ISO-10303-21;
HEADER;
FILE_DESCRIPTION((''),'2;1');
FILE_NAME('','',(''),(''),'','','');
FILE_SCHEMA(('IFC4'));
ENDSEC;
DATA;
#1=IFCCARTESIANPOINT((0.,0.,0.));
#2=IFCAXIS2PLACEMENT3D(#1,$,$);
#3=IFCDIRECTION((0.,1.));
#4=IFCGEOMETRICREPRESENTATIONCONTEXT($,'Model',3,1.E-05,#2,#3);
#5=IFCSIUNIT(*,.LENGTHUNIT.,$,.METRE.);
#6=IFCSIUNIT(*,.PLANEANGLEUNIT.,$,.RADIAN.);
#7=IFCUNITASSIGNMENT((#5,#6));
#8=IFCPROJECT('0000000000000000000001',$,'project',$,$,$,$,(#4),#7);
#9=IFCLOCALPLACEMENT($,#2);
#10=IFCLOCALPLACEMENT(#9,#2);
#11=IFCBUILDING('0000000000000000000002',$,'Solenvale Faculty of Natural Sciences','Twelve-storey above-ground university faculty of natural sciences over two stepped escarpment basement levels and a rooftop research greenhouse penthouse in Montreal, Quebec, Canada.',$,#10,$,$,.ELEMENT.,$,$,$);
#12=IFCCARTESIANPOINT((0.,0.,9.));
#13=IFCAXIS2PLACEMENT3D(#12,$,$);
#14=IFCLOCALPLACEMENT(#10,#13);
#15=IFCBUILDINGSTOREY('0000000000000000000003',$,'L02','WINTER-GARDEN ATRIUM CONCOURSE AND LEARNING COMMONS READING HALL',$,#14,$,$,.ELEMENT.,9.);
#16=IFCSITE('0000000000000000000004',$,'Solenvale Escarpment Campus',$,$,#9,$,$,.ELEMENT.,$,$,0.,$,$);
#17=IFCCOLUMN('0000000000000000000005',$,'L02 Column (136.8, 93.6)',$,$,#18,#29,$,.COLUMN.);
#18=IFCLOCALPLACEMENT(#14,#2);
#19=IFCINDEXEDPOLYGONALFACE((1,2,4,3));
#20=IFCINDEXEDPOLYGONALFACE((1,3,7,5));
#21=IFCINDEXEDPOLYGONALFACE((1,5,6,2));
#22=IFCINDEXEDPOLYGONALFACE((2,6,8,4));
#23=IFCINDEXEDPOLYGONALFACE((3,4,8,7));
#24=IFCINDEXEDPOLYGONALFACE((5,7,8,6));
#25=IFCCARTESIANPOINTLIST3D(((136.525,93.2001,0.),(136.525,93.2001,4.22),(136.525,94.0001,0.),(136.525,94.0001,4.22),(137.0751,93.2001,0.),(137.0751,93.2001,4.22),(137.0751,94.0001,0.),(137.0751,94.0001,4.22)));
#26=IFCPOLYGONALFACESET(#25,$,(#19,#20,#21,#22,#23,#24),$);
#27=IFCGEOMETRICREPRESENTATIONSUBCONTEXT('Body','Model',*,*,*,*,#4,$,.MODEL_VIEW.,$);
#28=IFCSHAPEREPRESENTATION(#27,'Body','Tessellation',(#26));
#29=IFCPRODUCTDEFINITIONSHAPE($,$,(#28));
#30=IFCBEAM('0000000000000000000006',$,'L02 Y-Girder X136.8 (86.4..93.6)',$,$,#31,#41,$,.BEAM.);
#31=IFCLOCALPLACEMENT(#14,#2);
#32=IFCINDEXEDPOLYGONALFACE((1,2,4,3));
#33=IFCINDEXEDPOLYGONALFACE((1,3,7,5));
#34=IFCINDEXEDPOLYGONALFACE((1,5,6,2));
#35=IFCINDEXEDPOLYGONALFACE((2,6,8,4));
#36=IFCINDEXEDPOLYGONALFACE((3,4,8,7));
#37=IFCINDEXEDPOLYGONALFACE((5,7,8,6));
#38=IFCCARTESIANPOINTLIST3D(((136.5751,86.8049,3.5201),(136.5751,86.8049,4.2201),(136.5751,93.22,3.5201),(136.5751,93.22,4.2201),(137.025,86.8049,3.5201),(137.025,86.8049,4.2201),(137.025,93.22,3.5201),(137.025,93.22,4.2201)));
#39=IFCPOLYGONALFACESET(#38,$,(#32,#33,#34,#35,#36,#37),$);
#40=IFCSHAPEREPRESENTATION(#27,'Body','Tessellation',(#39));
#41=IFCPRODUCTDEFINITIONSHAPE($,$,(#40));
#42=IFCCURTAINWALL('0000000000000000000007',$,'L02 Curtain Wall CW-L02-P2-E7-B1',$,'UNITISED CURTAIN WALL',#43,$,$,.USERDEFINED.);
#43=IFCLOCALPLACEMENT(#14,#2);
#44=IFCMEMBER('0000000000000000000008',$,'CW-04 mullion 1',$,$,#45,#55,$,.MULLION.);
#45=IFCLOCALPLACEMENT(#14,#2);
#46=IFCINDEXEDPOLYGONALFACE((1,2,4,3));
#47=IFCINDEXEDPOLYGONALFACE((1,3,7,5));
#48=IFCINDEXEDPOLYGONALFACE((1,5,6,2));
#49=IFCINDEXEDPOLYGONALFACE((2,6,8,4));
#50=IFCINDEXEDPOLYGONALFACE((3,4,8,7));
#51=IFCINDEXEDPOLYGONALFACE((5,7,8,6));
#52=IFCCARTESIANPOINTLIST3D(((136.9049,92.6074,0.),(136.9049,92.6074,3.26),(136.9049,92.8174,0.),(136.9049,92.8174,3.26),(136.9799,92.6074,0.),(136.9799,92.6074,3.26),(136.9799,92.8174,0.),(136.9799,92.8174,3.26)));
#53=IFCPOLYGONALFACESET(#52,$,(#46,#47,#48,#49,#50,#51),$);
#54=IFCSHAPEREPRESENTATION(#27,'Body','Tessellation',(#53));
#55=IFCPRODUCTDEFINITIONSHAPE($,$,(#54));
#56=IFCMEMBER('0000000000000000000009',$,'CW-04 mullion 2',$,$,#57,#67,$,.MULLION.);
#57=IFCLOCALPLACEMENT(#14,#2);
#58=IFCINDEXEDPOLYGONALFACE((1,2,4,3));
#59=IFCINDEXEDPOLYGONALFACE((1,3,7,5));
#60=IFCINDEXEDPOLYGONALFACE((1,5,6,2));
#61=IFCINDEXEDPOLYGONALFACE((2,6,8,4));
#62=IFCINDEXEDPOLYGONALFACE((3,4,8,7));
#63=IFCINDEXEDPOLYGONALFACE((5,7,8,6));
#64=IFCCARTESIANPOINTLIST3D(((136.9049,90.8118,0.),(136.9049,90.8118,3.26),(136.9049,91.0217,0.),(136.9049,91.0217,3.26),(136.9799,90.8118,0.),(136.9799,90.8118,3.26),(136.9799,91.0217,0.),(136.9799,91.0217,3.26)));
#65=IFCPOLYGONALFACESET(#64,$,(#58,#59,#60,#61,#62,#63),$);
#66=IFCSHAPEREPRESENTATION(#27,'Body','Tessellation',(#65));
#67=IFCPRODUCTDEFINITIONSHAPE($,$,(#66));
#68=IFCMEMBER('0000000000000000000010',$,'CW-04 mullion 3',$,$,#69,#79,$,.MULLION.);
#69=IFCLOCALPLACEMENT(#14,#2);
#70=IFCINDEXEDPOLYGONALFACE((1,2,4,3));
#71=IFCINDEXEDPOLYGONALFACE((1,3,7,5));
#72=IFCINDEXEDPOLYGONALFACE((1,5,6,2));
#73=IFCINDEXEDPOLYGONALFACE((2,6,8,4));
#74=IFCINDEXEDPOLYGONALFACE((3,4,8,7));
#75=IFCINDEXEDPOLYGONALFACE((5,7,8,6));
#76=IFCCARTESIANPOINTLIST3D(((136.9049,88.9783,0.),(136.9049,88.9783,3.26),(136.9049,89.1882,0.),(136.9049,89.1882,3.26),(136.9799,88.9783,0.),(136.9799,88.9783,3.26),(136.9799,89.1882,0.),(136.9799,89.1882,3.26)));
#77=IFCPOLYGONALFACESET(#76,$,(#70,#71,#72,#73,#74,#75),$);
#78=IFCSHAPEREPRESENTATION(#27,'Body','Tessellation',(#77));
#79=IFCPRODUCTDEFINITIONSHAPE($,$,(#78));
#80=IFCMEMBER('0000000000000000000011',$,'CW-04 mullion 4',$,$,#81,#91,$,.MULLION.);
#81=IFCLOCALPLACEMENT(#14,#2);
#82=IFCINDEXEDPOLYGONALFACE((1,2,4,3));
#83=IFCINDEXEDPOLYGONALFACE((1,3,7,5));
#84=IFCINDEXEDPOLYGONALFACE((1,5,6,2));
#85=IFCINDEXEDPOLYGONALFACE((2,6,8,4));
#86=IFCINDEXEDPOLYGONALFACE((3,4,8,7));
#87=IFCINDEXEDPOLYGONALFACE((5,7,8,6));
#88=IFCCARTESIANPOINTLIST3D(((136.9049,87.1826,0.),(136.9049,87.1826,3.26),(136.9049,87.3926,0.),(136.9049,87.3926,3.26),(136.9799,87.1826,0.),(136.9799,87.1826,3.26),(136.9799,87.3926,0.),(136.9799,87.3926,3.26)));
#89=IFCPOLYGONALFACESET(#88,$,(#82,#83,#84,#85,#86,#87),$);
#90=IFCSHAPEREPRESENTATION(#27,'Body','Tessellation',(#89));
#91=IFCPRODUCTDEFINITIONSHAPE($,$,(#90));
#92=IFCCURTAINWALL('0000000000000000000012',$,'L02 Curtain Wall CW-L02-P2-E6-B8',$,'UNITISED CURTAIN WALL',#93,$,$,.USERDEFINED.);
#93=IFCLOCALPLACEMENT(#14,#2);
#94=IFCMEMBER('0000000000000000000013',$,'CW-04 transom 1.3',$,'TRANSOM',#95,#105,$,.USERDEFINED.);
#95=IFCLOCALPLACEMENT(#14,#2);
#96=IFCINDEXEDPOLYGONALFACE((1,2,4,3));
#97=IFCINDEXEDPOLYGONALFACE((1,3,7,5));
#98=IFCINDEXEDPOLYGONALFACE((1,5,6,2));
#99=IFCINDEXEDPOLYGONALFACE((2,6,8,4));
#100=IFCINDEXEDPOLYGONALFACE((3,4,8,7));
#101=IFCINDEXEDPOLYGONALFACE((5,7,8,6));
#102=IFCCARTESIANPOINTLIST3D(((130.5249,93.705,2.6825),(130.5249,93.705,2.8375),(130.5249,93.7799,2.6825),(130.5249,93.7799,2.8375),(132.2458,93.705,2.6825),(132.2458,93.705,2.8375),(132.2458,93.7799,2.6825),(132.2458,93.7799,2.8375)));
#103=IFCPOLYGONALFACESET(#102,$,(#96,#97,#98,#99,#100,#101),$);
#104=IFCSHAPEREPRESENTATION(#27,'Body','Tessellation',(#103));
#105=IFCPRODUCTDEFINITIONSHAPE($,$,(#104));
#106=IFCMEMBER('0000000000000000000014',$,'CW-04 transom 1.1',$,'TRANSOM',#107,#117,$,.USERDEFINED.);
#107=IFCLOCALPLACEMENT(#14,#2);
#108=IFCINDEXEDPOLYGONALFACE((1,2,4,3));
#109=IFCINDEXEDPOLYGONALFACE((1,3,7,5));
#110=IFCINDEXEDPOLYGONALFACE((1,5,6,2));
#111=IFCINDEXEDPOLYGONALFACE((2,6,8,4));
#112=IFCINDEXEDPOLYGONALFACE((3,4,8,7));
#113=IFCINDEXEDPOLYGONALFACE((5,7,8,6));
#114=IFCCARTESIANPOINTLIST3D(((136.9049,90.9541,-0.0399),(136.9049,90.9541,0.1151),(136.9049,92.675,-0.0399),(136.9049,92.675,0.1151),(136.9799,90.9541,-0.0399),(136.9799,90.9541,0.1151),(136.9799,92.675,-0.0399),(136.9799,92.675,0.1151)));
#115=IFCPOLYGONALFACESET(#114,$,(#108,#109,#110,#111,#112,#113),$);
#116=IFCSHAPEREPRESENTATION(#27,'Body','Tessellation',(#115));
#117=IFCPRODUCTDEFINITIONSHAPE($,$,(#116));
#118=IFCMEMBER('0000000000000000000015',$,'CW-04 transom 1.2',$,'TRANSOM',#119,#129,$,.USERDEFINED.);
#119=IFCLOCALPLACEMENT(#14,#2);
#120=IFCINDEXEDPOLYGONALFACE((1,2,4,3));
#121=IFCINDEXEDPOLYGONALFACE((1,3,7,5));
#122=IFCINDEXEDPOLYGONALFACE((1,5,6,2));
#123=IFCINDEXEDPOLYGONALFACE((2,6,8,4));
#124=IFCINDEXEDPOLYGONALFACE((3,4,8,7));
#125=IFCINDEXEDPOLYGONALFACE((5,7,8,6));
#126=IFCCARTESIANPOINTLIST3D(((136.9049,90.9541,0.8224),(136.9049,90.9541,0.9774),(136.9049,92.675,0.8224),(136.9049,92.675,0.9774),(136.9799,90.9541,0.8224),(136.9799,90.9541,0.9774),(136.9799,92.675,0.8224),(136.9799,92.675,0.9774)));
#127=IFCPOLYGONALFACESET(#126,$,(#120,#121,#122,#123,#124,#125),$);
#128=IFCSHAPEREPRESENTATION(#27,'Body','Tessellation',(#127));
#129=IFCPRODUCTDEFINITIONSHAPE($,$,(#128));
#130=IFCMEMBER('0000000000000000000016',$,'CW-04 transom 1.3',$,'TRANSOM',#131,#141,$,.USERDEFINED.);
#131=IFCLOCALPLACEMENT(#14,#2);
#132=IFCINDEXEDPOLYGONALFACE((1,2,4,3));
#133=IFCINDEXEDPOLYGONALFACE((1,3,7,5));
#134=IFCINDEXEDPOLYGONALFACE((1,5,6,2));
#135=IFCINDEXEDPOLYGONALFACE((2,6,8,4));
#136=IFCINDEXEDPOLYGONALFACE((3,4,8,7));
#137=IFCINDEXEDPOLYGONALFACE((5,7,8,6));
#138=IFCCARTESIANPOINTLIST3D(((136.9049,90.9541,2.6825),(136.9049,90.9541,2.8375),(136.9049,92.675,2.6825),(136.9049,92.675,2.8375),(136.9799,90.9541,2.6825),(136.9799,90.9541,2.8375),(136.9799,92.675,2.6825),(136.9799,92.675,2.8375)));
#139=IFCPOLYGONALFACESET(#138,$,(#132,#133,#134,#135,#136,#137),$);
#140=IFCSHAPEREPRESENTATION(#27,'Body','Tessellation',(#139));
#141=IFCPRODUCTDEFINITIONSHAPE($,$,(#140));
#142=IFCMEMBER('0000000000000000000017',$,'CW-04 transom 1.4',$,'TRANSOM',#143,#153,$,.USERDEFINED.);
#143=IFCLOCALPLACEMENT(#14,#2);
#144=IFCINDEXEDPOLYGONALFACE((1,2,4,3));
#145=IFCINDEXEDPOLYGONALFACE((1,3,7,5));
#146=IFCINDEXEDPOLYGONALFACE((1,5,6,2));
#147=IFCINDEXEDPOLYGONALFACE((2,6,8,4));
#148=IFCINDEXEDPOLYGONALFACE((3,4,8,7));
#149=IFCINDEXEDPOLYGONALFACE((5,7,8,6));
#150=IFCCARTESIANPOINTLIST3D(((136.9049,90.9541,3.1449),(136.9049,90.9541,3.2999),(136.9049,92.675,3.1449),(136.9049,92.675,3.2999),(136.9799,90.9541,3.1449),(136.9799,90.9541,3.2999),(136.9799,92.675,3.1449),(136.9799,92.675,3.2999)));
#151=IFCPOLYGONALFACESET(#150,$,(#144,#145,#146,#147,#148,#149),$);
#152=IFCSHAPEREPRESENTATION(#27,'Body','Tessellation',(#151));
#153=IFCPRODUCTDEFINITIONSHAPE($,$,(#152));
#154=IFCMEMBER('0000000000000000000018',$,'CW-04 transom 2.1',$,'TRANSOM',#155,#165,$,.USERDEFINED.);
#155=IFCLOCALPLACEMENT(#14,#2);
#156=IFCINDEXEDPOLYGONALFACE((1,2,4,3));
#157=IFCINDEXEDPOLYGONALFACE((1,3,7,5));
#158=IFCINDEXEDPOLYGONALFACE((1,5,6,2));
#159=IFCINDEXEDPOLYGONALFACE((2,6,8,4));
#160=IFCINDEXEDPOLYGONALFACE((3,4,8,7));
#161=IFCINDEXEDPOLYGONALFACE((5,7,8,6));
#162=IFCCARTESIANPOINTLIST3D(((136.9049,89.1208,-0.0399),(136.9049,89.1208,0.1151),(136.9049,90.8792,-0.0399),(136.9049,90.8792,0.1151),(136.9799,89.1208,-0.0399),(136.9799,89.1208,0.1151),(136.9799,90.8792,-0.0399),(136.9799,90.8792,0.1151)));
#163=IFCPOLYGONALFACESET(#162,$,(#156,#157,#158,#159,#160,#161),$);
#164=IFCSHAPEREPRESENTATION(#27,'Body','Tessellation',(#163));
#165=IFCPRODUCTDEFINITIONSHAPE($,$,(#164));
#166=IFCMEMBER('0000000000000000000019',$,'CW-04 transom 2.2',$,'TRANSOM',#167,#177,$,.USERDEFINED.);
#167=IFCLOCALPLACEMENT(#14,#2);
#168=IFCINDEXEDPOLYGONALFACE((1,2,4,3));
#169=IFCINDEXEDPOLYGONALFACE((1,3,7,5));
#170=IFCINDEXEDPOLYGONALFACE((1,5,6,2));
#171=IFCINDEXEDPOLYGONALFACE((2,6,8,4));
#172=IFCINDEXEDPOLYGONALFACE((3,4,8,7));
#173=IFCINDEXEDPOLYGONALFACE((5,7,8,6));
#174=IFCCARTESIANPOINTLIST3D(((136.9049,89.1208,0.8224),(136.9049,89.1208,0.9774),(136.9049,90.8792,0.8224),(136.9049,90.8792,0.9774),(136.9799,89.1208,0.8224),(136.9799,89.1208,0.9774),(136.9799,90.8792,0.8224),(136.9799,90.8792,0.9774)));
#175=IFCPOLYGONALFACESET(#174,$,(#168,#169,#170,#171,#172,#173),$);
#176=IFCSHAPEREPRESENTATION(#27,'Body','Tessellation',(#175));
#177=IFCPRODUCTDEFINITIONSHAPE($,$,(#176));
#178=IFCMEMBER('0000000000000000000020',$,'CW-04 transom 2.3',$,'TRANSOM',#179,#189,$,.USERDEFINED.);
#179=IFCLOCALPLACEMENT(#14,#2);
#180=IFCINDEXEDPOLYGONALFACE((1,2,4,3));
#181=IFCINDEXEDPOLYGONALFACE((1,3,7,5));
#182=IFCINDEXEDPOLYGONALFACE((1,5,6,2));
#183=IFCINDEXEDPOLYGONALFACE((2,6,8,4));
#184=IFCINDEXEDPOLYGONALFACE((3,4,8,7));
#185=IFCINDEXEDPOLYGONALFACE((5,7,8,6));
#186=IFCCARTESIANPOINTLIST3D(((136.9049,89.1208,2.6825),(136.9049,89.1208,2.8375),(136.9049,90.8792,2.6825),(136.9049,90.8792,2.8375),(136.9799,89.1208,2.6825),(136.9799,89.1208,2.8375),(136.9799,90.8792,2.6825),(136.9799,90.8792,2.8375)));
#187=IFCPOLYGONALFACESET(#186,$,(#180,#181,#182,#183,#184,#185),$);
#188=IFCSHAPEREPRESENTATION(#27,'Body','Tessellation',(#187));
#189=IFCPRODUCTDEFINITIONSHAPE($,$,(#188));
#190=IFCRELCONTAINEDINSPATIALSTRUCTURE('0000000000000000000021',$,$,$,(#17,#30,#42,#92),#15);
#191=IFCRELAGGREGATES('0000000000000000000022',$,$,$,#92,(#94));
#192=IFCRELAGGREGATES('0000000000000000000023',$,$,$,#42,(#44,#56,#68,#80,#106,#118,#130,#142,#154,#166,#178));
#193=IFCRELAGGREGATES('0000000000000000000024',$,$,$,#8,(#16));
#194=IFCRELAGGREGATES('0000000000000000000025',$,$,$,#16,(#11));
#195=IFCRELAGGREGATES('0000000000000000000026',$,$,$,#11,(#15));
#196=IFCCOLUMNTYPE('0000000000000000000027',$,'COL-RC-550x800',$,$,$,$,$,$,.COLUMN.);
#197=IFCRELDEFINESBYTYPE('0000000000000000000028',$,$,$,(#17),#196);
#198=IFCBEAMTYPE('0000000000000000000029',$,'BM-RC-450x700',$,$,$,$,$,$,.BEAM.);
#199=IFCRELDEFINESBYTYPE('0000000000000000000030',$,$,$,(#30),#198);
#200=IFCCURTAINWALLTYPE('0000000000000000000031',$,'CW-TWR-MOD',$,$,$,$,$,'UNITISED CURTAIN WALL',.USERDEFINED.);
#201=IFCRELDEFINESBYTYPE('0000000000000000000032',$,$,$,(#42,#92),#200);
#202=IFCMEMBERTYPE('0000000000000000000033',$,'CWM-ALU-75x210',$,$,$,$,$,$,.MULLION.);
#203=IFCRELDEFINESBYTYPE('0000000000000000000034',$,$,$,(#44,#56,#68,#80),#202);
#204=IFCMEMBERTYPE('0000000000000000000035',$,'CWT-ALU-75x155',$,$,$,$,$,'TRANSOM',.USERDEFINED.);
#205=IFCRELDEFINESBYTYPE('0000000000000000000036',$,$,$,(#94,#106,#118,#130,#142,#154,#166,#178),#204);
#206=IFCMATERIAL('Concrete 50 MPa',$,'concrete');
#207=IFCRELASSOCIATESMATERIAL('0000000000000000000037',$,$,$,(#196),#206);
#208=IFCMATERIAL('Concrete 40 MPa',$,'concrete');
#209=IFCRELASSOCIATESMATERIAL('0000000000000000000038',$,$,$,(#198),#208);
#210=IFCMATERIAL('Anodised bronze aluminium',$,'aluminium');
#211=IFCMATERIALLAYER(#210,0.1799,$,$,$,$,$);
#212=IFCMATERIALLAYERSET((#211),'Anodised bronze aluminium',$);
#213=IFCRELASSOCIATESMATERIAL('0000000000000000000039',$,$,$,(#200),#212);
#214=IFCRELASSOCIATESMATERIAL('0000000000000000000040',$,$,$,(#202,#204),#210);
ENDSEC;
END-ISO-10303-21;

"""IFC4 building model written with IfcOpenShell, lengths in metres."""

from ifc_helpers import new_model, si_unit, direction, frame, origin, origin_2d, place, context, subcontext, project, spatial, rectangle, extrude, material, layer, layer_set, material_profile, profile_set, type_object, element, aggregate, save


model = new_model("IFC4")

# Units and contexts
model_context = context("Model", 3, precision=1e-05, world=origin(), true_north=direction((0.0, 1.0)))
body_context = subcontext(model_context, "Body", "Model", "MODEL_VIEW")
ifc_project = project(units=[si_unit("LENGTHUNIT", "METRE"), si_unit("PLANEANGLEUNIT", "RADIAN")], contexts=[model_context])

# Site, building, storey
site_placement = place(None, origin())
site = spatial("IfcSite", under=ifc_project, at=site_placement, Name="Solenvale Escarpment Campus", CompositionType="ELEMENT", RefElevation=0.0)
building_placement = place(site_placement, origin())
building = spatial("IfcBuilding", under=site, at=building_placement, Name="Solenvale Faculty of Natural Sciences", Description="Twelve-storey above-ground university faculty of natural sciences over two stepped escarpment basement levels and a rooftop research greenhouse penthouse in Montreal, Quebec, Canada.", CompositionType="ELEMENT")
storey_placement = place(building_placement, frame((0.0, 0.0, 9.0)))
storey = spatial("IfcBuildingStorey", under=building, at=storey_placement, Name="L02", Description="WINTER-GARDEN ATRIUM CONCOURSE AND LEARNING COMMONS READING HALL", CompositionType="ELEMENT", Elevation=9.0)

# Column
ifc_material_1 = material(Name="Concrete 50 MPa", Category="concrete")
ifc_material_profile_1 = material_profile(ifc_material_1, rectangle(XDim=0.55, YDim=0.8, at=origin_2d()), Name="RC-COL-550x800")
ifc_profile_set_1 = profile_set([ifc_material_profile_1], Name="Concrete 50 MPa")
column_type = type_object("IfcColumnType", Name="COL-RC-550x800", PredefinedType="COLUMN", material=ifc_profile_set_1)
column_placement = place(storey_placement, frame((136.8, 93.6001, 0.0), z_axis=(0.0, 0.0, 1.0), x_axis=(1.0, 0.0, 0.0)))
element("IfcColumn", 1, at=column_placement, inside=storey, type_object=column_type, Name="L02 Column (136.8, 93.6)", PredefinedType="COLUMN", context=body_context, shape_type="SweptSolid", body=[
    extrude(rectangle(XDim=0.55, YDim=0.8, at=origin_2d()), origin(), (0.0, 0.0, 1.0), 4.22),
])

# Beam
ifc_material_2 = material(Name="Concrete 40 MPa", Category="concrete")
ifc_material_profile_2 = material_profile(ifc_material_2, rectangle(XDim=0.45, YDim=0.7, at=origin_2d()), Name="RC-BM-450x700")
ifc_profile_set_2 = profile_set([ifc_material_profile_2], Name="Concrete 40 MPa")
beam_type = type_object("IfcBeamType", Name="BM-RC-450x700", PredefinedType="BEAM", material=ifc_profile_set_2)
beam_placement = place(storey_placement, frame((136.8, 86.8049, 3.8701), z_axis=(0.0, 1.0, 0.0), x_axis=(-1.0, 0.0, 0.0)))
element("IfcBeam", 2, at=beam_placement, inside=storey, type_object=beam_type, Name="L02 Y-Girder X136.8 (86.4..93.6)", PredefinedType="BEAM", context=body_context, shape_type="SweptSolid", body=[
    extrude(rectangle(XDim=0.45, YDim=0.7, at=origin_2d()), origin(), (0.0, 0.0, 1.0), 6.415),
])

# Curtain wall, members
ifc_material_3 = material(Name="Anodised bronze aluminium", Category="aluminium")
ifc_layer_1 = layer(ifc_material_3, 0.1799)
ifc_layer_set_1 = layer_set([ifc_layer_1], Name="Anodised bronze aluminium")
curtain_wall_type = type_object("IfcCurtainWallType", Name="CW-TWR-MOD", ElementType="UNITISED CURTAIN WALL", PredefinedType="USERDEFINED", material=ifc_layer_set_1)
curtain_wall_1_placement = place(storey_placement, origin())
curtain_wall_1 = element("IfcCurtainWall", 3, at=curtain_wall_1_placement, inside=storey, type_object=curtain_wall_type, Name="L02 Curtain Wall CW-L02-P2-E7-B1", ObjectType="UNITISED CURTAIN WALL", PredefinedType="USERDEFINED")
ifc_material_profile_3 = material_profile(ifc_material_3, rectangle(XDim=0.075, YDim=0.21, at=origin_2d()), Name="ALU-MUL-75x210")
ifc_profile_set_3 = profile_set([ifc_material_profile_3], Name="Anodised bronze aluminium")
member_type_1 = type_object("IfcMemberType", Name="CWM-ALU-75x210", PredefinedType="MULLION", material=ifc_profile_set_3)
member_1_placement = place(storey_placement, frame((136.9424, 92.7124, 0.0), z_axis=(0.0, 0.0, 1.0), x_axis=(1.0, 0.0, 0.0)))
member_1 = element("IfcMember", 4, at=member_1_placement, type_object=member_type_1, Name="CW-04 mullion 1", PredefinedType="MULLION", context=body_context, shape_type="SweptSolid", body=[
    extrude(rectangle(XDim=0.075, YDim=0.21, at=origin_2d()), origin(), (0.0, 0.0, 1.0), 3.26),
])
member_2_placement = place(storey_placement, frame((136.9424, 90.9167, 0.0), z_axis=(0.0, 0.0, 1.0), x_axis=(1.0, 0.0, 0.0)))
member_2 = element("IfcMember", 5, at=member_2_placement, type_object=member_type_1, Name="CW-04 mullion 2", PredefinedType="MULLION", context=body_context, shape_type="SweptSolid", body=[
    extrude(rectangle(XDim=0.075, YDim=0.21, at=origin_2d()), origin(), (0.0, 0.0, 1.0), 3.26),
])
member_3_placement = place(storey_placement, frame((136.9424, 89.0833, 0.0), z_axis=(0.0, 0.0, 1.0), x_axis=(1.0, 0.0, 0.0)))
member_3 = element("IfcMember", 6, at=member_3_placement, type_object=member_type_1, Name="CW-04 mullion 3", PredefinedType="MULLION", context=body_context, shape_type="SweptSolid", body=[
    extrude(rectangle(XDim=0.075, YDim=0.21, at=origin_2d()), origin(), (0.0, 0.0, 1.0), 3.26),
])
member_4_placement = place(storey_placement, frame((136.9424, 87.2876, 0.0), z_axis=(0.0, 0.0, 1.0), x_axis=(1.0, 0.0, 0.0)))
member_4 = element("IfcMember", 7, at=member_4_placement, type_object=member_type_1, Name="CW-04 mullion 4", PredefinedType="MULLION", context=body_context, shape_type="SweptSolid", body=[
    extrude(rectangle(XDim=0.075, YDim=0.21, at=origin_2d()), origin(), (0.0, 0.0, 1.0), 3.26),
])

# Curtain wall, member
curtain_wall_2_placement = place(storey_placement, origin())
curtain_wall_2 = element("IfcCurtainWall", 8, at=curtain_wall_2_placement, inside=storey, type_object=curtain_wall_type, Name="L02 Curtain Wall CW-L02-P2-E6-B8", ObjectType="UNITISED CURTAIN WALL", PredefinedType="USERDEFINED")
ifc_material_profile_4 = material_profile(ifc_material_3, rectangle(XDim=0.075, YDim=0.155, at=origin_2d()), Name="ALU-TRN-75x155")
ifc_profile_set_4 = profile_set([ifc_material_profile_4], Name="Anodised bronze aluminium")
member_type_2 = type_object("IfcMemberType", Name="CWT-ALU-75x155", ElementType="TRANSOM", PredefinedType="USERDEFINED", material=ifc_profile_set_4)
member_5_placement = place(storey_placement, frame((130.5249, 93.7424, 2.76), z_axis=(1.0, 0.0, 0.0), x_axis=(0.0, 1.0, 0.0)))
member_5 = element("IfcMember", 9, at=member_5_placement, type_object=member_type_2, Name="CW-04 transom 1.3", ObjectType="TRANSOM", PredefinedType="USERDEFINED", context=body_context, shape_type="SweptSolid", body=[
    extrude(rectangle(XDim=0.075, YDim=0.155, at=origin_2d()), origin(), (0.0, 0.0, 1.0), 1.7209),
])
aggregate(curtain_wall_2, [member_5])

# Members
member_6_placement = place(storey_placement, frame((136.9424, 92.675, 0.0376), z_axis=(0.0, -1.0, 0.0), x_axis=(1.0, 0.0, 0.0)))
member_6 = element("IfcMember", 10, at=member_6_placement, type_object=member_type_2, Name="CW-04 transom 1.1", ObjectType="TRANSOM", PredefinedType="USERDEFINED", context=body_context, shape_type="SweptSolid", body=[
    extrude(rectangle(XDim=0.075, YDim=0.155, at=origin_2d()), origin(), (0.0, 0.0, 1.0), 1.7209),
])
member_7_placement = place(storey_placement, frame((136.9424, 92.675, 0.8999), z_axis=(0.0, -1.0, 0.0), x_axis=(1.0, 0.0, 0.0)))
member_7 = element("IfcMember", 11, at=member_7_placement, type_object=member_type_2, Name="CW-04 transom 1.2", ObjectType="TRANSOM", PredefinedType="USERDEFINED", context=body_context, shape_type="SweptSolid", body=[
    extrude(rectangle(XDim=0.075, YDim=0.155, at=origin_2d()), origin(), (0.0, 0.0, 1.0), 1.7209),
])
member_8_placement = place(storey_placement, frame((136.9424, 92.675, 2.76), z_axis=(0.0, -1.0, 0.0), x_axis=(1.0, 0.0, 0.0)))
member_8 = element("IfcMember", 12, at=member_8_placement, type_object=member_type_2, Name="CW-04 transom 1.3", ObjectType="TRANSOM", PredefinedType="USERDEFINED", context=body_context, shape_type="SweptSolid", body=[
    extrude(rectangle(XDim=0.075, YDim=0.155, at=origin_2d()), origin(), (0.0, 0.0, 1.0), 1.7209),
])
member_9_placement = place(storey_placement, frame((136.9424, 92.675, 3.2224), z_axis=(0.0, -1.0, 0.0), x_axis=(1.0, 0.0, 0.0)))
member_9 = element("IfcMember", 13, at=member_9_placement, type_object=member_type_2, Name="CW-04 transom 1.4", ObjectType="TRANSOM", PredefinedType="USERDEFINED", context=body_context, shape_type="SweptSolid", body=[
    extrude(rectangle(XDim=0.075, YDim=0.155, at=origin_2d()), origin(), (0.0, 0.0, 1.0), 1.7209),
])
member_10_placement = place(storey_placement, frame((136.9424, 90.8792, 0.0376), z_axis=(0.0, -1.0, 0.0), x_axis=(1.0, 0.0, 0.0)))
member_10 = element("IfcMember", 14, at=member_10_placement, type_object=member_type_2, Name="CW-04 transom 2.1", ObjectType="TRANSOM", PredefinedType="USERDEFINED", context=body_context, shape_type="SweptSolid", body=[
    extrude(rectangle(XDim=0.075, YDim=0.155, at=origin_2d()), origin(), (0.0, 0.0, 1.0), 1.7583),
])
member_11_placement = place(storey_placement, frame((136.9424, 90.8792, 0.8999), z_axis=(0.0, -1.0, 0.0), x_axis=(1.0, 0.0, 0.0)))
member_11 = element("IfcMember", 15, at=member_11_placement, type_object=member_type_2, Name="CW-04 transom 2.2", ObjectType="TRANSOM", PredefinedType="USERDEFINED", context=body_context, shape_type="SweptSolid", body=[
    extrude(rectangle(XDim=0.075, YDim=0.155, at=origin_2d()), origin(), (0.0, 0.0, 1.0), 1.7583),
])
member_12_placement = place(storey_placement, frame((136.9424, 90.8792, 2.76), z_axis=(0.0, -1.0, 0.0), x_axis=(1.0, 0.0, 0.0)))
member_12 = element("IfcMember", 16, at=member_12_placement, type_object=member_type_2, Name="CW-04 transom 2.3", ObjectType="TRANSOM", PredefinedType="USERDEFINED", context=body_context, shape_type="SweptSolid", body=[
    extrude(rectangle(XDim=0.075, YDim=0.155, at=origin_2d()), origin(), (0.0, 0.0, 1.0), 1.7583),
])

aggregate(curtain_wall_1, [member_1, member_2, member_3, member_4, member_6, member_7, member_8, member_9, member_10, member_11, member_12])

save(model, "model.ifc")
